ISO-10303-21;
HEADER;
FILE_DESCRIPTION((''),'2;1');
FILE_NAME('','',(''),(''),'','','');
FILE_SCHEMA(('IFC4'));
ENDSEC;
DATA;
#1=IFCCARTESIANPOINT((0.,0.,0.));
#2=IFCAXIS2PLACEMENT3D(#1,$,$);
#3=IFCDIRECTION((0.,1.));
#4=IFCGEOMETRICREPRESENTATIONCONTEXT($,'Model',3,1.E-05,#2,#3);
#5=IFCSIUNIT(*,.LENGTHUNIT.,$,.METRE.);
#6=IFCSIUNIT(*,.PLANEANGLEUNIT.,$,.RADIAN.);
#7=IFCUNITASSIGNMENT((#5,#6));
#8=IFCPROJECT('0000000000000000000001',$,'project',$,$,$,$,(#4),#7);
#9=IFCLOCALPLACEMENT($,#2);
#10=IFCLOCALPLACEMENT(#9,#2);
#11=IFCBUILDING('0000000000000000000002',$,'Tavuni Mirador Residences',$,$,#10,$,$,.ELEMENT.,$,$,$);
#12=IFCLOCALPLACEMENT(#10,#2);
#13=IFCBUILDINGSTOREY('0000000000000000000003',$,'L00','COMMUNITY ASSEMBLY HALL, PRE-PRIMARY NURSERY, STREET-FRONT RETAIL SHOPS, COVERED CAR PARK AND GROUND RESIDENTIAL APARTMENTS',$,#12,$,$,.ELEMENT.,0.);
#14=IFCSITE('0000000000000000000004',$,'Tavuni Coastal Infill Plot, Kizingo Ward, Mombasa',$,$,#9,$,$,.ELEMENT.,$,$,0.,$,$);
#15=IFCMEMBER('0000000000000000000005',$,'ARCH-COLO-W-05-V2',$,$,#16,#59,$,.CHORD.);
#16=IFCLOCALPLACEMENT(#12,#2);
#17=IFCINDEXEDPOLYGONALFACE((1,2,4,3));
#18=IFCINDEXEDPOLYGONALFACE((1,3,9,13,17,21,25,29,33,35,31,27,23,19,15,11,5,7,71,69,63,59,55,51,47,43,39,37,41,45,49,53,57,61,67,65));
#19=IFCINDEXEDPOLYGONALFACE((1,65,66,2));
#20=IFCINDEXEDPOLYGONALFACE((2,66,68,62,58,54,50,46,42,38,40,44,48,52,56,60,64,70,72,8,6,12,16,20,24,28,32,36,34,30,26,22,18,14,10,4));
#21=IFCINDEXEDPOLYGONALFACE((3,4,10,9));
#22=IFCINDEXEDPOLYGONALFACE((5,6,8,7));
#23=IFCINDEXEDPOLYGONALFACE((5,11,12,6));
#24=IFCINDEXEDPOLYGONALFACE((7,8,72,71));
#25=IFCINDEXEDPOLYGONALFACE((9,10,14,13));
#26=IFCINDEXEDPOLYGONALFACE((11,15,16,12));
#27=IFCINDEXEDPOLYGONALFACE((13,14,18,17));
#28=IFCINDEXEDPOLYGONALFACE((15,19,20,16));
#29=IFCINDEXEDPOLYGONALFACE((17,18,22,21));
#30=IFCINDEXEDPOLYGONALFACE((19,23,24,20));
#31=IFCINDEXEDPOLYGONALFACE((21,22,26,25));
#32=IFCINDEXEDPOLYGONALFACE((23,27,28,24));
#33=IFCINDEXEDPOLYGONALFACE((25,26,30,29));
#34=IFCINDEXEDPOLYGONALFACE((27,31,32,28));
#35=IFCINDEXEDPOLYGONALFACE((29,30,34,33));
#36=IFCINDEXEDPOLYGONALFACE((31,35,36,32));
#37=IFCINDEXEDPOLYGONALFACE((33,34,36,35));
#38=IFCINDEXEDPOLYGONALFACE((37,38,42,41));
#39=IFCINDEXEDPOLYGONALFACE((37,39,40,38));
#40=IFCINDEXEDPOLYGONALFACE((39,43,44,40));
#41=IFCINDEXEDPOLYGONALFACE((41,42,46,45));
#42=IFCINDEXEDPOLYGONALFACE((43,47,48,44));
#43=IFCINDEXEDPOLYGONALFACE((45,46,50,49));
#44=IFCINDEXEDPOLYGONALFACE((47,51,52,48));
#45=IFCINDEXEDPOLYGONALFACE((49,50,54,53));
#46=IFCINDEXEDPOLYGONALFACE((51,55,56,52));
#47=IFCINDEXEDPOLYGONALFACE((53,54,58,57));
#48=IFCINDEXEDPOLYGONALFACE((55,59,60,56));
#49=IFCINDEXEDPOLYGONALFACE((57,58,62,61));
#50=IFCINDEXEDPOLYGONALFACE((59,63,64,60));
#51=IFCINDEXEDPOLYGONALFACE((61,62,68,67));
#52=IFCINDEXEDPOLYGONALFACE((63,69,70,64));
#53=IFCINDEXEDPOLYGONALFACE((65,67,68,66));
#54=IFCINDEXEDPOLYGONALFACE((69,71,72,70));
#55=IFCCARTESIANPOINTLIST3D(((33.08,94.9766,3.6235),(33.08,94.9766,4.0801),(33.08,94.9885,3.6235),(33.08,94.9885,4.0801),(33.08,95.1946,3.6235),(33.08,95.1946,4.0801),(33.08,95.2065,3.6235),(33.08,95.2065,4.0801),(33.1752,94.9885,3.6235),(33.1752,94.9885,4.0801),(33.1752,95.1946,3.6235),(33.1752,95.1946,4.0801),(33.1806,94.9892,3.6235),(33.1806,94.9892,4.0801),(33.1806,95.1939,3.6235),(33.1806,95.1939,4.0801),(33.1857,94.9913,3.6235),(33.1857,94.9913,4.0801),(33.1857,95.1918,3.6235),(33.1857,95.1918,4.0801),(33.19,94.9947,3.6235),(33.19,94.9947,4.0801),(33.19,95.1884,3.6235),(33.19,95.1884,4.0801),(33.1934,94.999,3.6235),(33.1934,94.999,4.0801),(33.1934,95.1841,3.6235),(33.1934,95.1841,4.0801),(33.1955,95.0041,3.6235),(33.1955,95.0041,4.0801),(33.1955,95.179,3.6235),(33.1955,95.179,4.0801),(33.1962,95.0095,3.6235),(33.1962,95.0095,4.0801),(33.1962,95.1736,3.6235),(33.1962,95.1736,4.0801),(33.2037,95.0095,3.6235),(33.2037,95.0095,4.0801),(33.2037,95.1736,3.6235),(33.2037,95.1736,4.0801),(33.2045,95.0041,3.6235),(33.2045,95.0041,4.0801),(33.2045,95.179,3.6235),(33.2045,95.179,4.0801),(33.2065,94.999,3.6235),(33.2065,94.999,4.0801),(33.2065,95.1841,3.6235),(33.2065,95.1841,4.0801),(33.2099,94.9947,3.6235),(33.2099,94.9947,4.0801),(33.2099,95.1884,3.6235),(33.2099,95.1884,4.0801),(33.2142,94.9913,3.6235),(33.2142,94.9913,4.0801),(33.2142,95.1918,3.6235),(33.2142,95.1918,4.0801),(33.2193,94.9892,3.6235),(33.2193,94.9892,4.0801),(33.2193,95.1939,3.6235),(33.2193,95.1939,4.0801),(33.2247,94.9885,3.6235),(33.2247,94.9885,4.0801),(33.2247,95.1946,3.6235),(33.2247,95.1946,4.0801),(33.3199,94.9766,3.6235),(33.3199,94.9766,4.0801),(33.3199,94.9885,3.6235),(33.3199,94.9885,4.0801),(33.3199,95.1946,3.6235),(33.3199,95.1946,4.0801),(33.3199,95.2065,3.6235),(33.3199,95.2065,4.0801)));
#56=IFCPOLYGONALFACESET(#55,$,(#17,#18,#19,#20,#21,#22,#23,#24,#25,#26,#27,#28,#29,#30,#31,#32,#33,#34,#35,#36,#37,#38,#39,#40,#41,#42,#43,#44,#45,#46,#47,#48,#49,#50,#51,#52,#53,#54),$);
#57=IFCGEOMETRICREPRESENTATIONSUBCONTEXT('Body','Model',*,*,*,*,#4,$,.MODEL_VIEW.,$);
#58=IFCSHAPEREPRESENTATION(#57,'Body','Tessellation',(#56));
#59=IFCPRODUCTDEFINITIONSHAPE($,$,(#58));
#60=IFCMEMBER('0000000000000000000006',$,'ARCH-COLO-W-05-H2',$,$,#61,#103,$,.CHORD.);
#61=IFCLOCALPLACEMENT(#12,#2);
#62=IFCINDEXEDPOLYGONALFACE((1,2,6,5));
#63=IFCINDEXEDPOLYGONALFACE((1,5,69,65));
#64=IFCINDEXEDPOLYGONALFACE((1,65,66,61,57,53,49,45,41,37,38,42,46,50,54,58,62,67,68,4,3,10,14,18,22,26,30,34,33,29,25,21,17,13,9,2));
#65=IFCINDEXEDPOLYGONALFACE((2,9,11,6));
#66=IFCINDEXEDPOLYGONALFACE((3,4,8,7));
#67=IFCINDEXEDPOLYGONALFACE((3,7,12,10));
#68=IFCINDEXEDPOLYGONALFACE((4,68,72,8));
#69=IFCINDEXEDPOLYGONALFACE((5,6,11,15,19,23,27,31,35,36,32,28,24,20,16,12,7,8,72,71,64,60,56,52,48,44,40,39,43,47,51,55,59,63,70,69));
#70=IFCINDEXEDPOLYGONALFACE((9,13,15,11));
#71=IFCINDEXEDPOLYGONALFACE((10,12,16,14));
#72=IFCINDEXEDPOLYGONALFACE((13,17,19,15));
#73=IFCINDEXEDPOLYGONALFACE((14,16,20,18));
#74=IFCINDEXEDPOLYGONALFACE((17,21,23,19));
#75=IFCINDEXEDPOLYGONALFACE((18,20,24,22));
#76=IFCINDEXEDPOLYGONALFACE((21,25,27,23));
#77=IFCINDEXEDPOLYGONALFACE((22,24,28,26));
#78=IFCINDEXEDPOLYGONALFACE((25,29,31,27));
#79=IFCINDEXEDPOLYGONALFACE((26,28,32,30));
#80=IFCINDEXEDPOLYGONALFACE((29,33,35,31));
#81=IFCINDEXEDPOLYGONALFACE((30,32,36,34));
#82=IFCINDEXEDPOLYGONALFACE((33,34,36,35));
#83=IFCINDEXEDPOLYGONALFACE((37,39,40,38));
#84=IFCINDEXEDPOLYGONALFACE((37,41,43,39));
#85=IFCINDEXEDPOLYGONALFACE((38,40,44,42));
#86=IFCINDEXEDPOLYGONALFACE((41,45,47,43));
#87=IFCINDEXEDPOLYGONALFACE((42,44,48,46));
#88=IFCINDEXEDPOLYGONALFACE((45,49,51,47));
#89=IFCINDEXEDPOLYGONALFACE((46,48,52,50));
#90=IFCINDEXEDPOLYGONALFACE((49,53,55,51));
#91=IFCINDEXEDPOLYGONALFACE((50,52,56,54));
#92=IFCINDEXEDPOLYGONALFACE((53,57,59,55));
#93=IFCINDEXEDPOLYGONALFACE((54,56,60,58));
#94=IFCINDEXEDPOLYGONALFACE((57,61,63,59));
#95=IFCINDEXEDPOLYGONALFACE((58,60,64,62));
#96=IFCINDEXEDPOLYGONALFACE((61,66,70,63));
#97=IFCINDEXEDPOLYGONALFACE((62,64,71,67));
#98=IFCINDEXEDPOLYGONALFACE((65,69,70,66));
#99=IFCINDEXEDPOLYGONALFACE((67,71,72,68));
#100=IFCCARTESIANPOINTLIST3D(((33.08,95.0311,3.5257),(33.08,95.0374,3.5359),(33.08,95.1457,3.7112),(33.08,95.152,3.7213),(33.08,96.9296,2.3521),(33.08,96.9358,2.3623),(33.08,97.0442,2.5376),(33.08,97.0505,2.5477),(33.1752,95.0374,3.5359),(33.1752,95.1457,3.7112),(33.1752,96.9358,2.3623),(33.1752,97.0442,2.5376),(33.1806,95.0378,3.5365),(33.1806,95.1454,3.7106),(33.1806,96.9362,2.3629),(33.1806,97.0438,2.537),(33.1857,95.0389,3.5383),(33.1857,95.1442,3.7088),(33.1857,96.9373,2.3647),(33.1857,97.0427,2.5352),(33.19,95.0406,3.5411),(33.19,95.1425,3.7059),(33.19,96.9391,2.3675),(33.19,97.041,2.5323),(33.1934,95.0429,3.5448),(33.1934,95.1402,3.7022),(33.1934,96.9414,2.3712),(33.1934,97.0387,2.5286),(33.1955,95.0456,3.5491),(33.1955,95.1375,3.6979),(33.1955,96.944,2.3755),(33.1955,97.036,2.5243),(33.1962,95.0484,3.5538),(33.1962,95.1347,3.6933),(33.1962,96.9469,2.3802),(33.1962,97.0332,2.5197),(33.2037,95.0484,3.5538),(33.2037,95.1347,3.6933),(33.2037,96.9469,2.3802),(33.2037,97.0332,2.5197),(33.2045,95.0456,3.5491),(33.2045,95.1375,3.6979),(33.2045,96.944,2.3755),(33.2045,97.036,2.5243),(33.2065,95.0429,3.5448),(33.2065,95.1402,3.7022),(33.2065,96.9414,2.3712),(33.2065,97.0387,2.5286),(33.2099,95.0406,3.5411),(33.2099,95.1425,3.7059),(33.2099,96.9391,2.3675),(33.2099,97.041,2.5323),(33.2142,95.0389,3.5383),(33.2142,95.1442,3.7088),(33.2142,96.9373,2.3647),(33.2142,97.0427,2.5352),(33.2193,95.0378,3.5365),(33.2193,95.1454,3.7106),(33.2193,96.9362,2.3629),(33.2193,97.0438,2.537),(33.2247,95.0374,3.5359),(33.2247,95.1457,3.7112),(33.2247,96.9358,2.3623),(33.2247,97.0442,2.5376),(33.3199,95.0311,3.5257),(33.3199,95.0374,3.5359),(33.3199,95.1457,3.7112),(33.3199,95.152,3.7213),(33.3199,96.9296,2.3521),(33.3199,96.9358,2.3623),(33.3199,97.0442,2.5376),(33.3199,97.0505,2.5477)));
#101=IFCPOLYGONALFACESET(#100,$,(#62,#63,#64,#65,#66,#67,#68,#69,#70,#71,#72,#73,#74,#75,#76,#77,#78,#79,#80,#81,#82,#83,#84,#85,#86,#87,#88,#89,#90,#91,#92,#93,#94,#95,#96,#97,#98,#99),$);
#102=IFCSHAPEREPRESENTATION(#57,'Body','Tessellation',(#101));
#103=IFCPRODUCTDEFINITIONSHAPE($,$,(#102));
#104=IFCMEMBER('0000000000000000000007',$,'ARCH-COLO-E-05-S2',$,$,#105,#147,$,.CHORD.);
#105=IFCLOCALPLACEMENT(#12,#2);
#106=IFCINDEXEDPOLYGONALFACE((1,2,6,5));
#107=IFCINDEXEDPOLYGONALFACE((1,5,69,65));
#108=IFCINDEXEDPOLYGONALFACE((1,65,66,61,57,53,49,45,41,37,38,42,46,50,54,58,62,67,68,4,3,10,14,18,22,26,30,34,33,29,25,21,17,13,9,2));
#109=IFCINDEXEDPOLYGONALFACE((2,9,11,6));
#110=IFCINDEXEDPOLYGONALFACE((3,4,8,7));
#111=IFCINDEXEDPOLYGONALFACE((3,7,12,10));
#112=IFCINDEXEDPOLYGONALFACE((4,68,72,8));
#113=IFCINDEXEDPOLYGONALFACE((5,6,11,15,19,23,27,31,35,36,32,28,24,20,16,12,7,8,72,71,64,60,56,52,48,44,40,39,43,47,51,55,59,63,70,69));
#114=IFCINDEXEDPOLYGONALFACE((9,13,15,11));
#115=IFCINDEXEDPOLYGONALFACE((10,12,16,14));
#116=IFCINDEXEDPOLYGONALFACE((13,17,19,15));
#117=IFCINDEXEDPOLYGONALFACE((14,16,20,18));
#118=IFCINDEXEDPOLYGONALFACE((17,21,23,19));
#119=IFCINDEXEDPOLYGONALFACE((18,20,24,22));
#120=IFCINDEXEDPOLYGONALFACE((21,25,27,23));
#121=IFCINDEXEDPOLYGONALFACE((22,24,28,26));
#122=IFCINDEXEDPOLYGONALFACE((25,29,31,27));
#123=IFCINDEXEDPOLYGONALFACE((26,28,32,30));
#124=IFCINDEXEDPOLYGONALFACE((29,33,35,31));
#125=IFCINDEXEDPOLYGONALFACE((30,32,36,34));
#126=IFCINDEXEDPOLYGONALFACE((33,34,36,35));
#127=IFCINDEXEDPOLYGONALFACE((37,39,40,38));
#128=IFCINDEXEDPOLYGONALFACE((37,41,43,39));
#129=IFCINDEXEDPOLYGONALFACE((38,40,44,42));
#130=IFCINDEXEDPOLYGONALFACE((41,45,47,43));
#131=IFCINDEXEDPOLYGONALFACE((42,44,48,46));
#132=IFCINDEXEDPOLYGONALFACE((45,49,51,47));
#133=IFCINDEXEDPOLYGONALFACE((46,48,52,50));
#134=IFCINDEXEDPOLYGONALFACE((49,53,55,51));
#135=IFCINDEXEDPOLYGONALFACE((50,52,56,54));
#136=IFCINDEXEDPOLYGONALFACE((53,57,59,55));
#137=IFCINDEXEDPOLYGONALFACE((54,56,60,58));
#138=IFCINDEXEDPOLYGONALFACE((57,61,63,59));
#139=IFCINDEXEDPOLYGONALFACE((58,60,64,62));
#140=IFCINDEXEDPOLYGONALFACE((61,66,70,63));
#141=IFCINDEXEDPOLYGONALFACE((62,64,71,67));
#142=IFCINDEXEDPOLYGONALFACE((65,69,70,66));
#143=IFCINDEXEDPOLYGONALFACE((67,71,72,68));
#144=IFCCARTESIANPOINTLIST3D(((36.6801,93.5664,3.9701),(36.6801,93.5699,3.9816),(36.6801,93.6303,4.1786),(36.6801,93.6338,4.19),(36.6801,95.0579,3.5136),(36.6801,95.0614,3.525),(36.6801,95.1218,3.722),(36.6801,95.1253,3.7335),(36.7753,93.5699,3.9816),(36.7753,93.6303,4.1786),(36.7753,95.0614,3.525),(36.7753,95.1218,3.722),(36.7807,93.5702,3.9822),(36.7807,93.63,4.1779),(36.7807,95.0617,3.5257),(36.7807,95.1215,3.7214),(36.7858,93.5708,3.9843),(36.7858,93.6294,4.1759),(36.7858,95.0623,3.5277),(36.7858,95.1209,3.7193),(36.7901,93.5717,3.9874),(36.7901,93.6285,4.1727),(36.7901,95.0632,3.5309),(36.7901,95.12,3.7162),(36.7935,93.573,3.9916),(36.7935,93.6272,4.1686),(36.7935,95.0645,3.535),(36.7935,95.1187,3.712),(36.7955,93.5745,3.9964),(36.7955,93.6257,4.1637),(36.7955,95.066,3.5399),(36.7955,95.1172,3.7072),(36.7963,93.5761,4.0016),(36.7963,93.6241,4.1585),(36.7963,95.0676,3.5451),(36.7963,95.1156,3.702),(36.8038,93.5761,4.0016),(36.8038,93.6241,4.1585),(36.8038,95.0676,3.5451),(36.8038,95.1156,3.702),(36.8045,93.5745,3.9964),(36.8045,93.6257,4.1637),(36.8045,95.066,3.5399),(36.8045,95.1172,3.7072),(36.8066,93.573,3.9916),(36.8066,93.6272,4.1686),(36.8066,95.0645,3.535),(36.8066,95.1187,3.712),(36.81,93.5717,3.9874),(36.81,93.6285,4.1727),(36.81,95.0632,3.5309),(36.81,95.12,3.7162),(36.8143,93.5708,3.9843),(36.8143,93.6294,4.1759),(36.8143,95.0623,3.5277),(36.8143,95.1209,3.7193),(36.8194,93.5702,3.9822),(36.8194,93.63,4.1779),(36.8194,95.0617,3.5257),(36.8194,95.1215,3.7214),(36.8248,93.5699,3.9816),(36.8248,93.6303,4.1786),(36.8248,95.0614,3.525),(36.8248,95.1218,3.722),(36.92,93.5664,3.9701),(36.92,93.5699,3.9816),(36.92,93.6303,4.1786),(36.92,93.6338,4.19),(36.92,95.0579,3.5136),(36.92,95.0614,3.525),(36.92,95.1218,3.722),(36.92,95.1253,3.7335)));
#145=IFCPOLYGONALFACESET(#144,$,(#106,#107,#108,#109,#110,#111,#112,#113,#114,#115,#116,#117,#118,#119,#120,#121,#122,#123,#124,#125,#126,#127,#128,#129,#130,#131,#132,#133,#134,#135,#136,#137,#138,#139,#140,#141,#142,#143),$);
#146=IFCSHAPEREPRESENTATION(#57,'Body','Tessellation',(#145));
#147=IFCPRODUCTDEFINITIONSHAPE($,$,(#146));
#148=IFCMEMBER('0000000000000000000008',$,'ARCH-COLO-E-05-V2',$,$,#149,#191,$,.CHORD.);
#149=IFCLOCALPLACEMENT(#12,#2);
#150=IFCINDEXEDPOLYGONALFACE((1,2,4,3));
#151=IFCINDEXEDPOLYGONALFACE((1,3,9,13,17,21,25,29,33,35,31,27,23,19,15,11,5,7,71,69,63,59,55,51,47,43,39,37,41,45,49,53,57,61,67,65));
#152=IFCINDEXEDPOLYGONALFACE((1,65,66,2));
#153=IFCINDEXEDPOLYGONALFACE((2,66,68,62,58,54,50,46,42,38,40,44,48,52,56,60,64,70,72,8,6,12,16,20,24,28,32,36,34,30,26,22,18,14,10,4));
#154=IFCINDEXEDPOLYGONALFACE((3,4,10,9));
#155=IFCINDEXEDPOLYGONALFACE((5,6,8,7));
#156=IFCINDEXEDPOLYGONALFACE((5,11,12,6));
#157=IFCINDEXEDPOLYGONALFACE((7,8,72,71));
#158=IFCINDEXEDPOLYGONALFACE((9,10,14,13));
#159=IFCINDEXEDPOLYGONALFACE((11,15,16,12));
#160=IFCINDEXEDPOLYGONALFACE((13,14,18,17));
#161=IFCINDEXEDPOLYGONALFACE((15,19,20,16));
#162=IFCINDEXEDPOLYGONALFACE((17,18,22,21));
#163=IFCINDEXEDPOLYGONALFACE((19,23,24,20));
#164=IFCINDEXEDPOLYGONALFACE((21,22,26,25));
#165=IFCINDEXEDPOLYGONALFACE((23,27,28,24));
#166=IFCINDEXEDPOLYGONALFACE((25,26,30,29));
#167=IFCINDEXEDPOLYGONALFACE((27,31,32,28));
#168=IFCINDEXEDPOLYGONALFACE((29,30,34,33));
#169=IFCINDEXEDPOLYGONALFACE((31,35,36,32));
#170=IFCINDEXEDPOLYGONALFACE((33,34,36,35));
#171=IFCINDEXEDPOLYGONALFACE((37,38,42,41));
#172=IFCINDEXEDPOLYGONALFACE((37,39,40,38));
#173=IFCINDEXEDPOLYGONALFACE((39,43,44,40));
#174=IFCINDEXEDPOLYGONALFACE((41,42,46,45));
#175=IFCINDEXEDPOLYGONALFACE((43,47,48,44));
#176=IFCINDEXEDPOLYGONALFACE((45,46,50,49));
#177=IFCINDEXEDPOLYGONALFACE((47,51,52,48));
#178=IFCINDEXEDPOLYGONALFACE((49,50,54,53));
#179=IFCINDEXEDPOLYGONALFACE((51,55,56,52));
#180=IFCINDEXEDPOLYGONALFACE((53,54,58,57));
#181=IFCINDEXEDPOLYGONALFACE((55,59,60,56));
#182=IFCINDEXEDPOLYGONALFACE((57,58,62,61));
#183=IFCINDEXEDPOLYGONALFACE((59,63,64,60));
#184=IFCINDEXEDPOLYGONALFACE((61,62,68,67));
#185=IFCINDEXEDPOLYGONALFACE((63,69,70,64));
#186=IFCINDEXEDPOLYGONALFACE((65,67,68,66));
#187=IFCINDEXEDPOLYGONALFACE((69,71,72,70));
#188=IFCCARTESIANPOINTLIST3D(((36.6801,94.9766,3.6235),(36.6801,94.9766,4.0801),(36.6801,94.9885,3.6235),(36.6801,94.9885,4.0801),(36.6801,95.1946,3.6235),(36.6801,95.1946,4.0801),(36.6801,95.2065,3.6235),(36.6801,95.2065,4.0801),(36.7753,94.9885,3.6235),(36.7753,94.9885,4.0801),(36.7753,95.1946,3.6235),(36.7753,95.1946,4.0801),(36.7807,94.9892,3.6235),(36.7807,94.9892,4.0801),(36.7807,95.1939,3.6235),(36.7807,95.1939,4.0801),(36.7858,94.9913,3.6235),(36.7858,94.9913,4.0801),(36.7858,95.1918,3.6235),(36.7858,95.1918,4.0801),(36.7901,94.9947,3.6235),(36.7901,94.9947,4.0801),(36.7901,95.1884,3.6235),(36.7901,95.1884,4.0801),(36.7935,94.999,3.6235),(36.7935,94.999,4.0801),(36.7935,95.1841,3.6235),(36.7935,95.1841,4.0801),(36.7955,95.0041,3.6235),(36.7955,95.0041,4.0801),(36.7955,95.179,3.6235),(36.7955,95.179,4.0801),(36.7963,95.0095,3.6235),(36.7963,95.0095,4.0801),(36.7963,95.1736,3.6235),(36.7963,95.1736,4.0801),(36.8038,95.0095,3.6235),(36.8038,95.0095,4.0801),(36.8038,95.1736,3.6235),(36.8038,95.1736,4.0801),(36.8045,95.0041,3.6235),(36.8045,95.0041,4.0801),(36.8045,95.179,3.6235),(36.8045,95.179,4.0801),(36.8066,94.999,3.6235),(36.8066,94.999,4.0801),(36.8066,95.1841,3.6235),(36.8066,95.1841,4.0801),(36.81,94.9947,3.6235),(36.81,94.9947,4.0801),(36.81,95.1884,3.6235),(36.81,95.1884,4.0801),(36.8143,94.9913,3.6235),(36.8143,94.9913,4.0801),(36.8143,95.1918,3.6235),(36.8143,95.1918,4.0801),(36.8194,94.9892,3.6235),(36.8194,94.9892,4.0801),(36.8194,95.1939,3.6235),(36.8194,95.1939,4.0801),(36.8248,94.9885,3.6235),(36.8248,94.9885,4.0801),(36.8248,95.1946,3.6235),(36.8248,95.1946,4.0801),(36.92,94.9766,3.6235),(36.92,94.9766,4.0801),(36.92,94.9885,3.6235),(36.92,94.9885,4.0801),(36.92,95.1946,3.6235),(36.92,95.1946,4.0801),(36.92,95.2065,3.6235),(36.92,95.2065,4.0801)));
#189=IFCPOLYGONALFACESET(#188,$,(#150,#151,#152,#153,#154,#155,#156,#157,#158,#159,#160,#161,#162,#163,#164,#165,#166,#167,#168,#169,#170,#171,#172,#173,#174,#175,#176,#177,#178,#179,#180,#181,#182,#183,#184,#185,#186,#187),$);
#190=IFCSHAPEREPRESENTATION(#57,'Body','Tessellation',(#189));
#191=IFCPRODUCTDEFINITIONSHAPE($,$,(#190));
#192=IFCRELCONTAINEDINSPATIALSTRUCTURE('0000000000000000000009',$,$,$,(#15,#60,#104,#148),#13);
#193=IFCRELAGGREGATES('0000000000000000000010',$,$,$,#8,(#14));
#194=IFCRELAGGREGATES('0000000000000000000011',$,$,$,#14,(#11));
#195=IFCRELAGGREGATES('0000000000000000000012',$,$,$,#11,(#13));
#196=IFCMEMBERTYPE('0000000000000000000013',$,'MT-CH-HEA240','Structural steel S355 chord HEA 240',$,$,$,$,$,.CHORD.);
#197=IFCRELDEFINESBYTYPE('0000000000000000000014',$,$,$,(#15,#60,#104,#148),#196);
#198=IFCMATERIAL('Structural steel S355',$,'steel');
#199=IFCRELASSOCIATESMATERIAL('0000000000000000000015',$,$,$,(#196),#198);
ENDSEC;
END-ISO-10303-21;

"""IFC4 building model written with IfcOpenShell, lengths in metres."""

from ifc_helpers import new_model, si_unit, direction, frame, origin, origin_2d, place, context, subcontext, project, spatial, i_section, extrude, material, material_profile, profile_set, type_object, element, save


model = new_model("IFC4")

# Units and contexts
model_context = context("Model", 3, precision=1e-05, world=origin(), true_north=direction((0.0, 1.0)))
body_context = subcontext(model_context, "Body", "Model", "MODEL_VIEW")
ifc_project = project(units=[si_unit("LENGTHUNIT", "METRE"), si_unit("PLANEANGLEUNIT", "RADIAN")], contexts=[model_context])

# Site, building, storey
site_placement = place(None, origin())
site = spatial("IfcSite", under=ifc_project, at=site_placement, Name="Tavuni Coastal Infill Plot, Kizingo Ward, Mombasa", CompositionType="ELEMENT", RefElevation=0.0)
building_placement = place(site_placement, origin())
building = spatial("IfcBuilding", under=site, at=building_placement, Name="Tavuni Mirador Residences", CompositionType="ELEMENT")
storey_placement = place(building_placement, origin())
storey = spatial("IfcBuildingStorey", under=building, at=storey_placement, Name="L00", Description="COMMUNITY ASSEMBLY HALL, PRE-PRIMARY NURSERY, STREET-FRONT RETAIL SHOPS, COVERED CAR PARK AND GROUND RESIDENTIAL APARTMENTS", CompositionType="ELEMENT", Elevation=0.0)

# Members
ifc_material_1 = material(Name="Structural steel S355", Category="steel")
ifc_material_profile_1 = material_profile(ifc_material_1, i_section(OverallWidth=0.24, OverallDepth=0.23, WebThickness=0.0076, FlangeThickness=0.012, FilletRadius=0.021, at=origin_2d()), Name="HEA 240", Category="steel")
ifc_profile_set_1 = profile_set([ifc_material_profile_1], Name="Structural steel S355")
member_type_1 = type_object("IfcMemberType", Name="MT-CH-HEA240", Description="Structural steel S355 chord HEA 240", PredefinedType="CHORD", material=ifc_profile_set_1)
member_1_placement = place(storey_placement, frame((33.2, 95.0916, 3.6235), z_axis=(0.0, 0.0, 1.0), x_axis=(1.0, 0.0, 0.0)))
element("IfcMember", 1, at=member_1_placement, inside=storey, type_object=member_type_1, Name="ARCH-COLO-W-05-V2", PredefinedType="CHORD", context=body_context, shape_type="SweptSolid", body=[
    extrude(i_section(OverallWidth=0.24, OverallDepth=0.23, WebThickness=0.0076, FlangeThickness=0.012, FilletRadius=0.021, at=origin_2d()), origin(), (0.0, 0.0, 1.0), 0.4565),
])
member_2_placement = place(storey_placement, frame((33.2, 95.0916, 3.6235), z_axis=(0.0, 0.850594, -0.525824), x_axis=(-1.0, 0.0, 0.0)))
element("IfcMember", 2, at=member_2_placement, inside=storey, type_object=member_type_1, Name="ARCH-COLO-W-05-H2", PredefinedType="CHORD", context=body_context, shape_type="SweptSolid", body=[
    extrude(i_section(OverallWidth=0.24, OverallDepth=0.23, WebThickness=0.0076, FlangeThickness=0.012, FilletRadius=0.021, at=origin_2d()), origin(), (0.0, 0.0, 1.0), 2.2319),
])
member_3_placement = place(storey_placement, frame((36.8, 93.6001, 4.0801), z_axis=(0.0, 0.956204, -0.2927), x_axis=(-1.0, 0.0, 0.0)))
element("IfcMember", 3, at=member_3_placement, inside=storey, type_object=member_type_1, Name="ARCH-COLO-E-05-S2", PredefinedType="CHORD", context=body_context, shape_type="SweptSolid", body=[
    extrude(i_section(OverallWidth=0.24, OverallDepth=0.23, WebThickness=0.0076, FlangeThickness=0.012, FilletRadius=0.021, at=origin_2d()), origin(), (0.0, 0.0, 1.0), 1.5598),
])
member_4_placement = place(storey_placement, frame((36.8, 95.0916, 3.6235), z_axis=(0.0, 0.0, 1.0), x_axis=(1.0, 0.0, 0.0)))
element("IfcMember", 4, at=member_4_placement, inside=storey, type_object=member_type_1, Name="ARCH-COLO-E-05-V2", PredefinedType="CHORD", context=body_context, shape_type="SweptSolid", body=[
    extrude(i_section(OverallWidth=0.24, OverallDepth=0.23, WebThickness=0.0076, FlangeThickness=0.012, FilletRadius=0.021, at=origin_2d()), origin(), (0.0, 0.0, 1.0), 0.4565),
])

save(model, "model.ifc")
